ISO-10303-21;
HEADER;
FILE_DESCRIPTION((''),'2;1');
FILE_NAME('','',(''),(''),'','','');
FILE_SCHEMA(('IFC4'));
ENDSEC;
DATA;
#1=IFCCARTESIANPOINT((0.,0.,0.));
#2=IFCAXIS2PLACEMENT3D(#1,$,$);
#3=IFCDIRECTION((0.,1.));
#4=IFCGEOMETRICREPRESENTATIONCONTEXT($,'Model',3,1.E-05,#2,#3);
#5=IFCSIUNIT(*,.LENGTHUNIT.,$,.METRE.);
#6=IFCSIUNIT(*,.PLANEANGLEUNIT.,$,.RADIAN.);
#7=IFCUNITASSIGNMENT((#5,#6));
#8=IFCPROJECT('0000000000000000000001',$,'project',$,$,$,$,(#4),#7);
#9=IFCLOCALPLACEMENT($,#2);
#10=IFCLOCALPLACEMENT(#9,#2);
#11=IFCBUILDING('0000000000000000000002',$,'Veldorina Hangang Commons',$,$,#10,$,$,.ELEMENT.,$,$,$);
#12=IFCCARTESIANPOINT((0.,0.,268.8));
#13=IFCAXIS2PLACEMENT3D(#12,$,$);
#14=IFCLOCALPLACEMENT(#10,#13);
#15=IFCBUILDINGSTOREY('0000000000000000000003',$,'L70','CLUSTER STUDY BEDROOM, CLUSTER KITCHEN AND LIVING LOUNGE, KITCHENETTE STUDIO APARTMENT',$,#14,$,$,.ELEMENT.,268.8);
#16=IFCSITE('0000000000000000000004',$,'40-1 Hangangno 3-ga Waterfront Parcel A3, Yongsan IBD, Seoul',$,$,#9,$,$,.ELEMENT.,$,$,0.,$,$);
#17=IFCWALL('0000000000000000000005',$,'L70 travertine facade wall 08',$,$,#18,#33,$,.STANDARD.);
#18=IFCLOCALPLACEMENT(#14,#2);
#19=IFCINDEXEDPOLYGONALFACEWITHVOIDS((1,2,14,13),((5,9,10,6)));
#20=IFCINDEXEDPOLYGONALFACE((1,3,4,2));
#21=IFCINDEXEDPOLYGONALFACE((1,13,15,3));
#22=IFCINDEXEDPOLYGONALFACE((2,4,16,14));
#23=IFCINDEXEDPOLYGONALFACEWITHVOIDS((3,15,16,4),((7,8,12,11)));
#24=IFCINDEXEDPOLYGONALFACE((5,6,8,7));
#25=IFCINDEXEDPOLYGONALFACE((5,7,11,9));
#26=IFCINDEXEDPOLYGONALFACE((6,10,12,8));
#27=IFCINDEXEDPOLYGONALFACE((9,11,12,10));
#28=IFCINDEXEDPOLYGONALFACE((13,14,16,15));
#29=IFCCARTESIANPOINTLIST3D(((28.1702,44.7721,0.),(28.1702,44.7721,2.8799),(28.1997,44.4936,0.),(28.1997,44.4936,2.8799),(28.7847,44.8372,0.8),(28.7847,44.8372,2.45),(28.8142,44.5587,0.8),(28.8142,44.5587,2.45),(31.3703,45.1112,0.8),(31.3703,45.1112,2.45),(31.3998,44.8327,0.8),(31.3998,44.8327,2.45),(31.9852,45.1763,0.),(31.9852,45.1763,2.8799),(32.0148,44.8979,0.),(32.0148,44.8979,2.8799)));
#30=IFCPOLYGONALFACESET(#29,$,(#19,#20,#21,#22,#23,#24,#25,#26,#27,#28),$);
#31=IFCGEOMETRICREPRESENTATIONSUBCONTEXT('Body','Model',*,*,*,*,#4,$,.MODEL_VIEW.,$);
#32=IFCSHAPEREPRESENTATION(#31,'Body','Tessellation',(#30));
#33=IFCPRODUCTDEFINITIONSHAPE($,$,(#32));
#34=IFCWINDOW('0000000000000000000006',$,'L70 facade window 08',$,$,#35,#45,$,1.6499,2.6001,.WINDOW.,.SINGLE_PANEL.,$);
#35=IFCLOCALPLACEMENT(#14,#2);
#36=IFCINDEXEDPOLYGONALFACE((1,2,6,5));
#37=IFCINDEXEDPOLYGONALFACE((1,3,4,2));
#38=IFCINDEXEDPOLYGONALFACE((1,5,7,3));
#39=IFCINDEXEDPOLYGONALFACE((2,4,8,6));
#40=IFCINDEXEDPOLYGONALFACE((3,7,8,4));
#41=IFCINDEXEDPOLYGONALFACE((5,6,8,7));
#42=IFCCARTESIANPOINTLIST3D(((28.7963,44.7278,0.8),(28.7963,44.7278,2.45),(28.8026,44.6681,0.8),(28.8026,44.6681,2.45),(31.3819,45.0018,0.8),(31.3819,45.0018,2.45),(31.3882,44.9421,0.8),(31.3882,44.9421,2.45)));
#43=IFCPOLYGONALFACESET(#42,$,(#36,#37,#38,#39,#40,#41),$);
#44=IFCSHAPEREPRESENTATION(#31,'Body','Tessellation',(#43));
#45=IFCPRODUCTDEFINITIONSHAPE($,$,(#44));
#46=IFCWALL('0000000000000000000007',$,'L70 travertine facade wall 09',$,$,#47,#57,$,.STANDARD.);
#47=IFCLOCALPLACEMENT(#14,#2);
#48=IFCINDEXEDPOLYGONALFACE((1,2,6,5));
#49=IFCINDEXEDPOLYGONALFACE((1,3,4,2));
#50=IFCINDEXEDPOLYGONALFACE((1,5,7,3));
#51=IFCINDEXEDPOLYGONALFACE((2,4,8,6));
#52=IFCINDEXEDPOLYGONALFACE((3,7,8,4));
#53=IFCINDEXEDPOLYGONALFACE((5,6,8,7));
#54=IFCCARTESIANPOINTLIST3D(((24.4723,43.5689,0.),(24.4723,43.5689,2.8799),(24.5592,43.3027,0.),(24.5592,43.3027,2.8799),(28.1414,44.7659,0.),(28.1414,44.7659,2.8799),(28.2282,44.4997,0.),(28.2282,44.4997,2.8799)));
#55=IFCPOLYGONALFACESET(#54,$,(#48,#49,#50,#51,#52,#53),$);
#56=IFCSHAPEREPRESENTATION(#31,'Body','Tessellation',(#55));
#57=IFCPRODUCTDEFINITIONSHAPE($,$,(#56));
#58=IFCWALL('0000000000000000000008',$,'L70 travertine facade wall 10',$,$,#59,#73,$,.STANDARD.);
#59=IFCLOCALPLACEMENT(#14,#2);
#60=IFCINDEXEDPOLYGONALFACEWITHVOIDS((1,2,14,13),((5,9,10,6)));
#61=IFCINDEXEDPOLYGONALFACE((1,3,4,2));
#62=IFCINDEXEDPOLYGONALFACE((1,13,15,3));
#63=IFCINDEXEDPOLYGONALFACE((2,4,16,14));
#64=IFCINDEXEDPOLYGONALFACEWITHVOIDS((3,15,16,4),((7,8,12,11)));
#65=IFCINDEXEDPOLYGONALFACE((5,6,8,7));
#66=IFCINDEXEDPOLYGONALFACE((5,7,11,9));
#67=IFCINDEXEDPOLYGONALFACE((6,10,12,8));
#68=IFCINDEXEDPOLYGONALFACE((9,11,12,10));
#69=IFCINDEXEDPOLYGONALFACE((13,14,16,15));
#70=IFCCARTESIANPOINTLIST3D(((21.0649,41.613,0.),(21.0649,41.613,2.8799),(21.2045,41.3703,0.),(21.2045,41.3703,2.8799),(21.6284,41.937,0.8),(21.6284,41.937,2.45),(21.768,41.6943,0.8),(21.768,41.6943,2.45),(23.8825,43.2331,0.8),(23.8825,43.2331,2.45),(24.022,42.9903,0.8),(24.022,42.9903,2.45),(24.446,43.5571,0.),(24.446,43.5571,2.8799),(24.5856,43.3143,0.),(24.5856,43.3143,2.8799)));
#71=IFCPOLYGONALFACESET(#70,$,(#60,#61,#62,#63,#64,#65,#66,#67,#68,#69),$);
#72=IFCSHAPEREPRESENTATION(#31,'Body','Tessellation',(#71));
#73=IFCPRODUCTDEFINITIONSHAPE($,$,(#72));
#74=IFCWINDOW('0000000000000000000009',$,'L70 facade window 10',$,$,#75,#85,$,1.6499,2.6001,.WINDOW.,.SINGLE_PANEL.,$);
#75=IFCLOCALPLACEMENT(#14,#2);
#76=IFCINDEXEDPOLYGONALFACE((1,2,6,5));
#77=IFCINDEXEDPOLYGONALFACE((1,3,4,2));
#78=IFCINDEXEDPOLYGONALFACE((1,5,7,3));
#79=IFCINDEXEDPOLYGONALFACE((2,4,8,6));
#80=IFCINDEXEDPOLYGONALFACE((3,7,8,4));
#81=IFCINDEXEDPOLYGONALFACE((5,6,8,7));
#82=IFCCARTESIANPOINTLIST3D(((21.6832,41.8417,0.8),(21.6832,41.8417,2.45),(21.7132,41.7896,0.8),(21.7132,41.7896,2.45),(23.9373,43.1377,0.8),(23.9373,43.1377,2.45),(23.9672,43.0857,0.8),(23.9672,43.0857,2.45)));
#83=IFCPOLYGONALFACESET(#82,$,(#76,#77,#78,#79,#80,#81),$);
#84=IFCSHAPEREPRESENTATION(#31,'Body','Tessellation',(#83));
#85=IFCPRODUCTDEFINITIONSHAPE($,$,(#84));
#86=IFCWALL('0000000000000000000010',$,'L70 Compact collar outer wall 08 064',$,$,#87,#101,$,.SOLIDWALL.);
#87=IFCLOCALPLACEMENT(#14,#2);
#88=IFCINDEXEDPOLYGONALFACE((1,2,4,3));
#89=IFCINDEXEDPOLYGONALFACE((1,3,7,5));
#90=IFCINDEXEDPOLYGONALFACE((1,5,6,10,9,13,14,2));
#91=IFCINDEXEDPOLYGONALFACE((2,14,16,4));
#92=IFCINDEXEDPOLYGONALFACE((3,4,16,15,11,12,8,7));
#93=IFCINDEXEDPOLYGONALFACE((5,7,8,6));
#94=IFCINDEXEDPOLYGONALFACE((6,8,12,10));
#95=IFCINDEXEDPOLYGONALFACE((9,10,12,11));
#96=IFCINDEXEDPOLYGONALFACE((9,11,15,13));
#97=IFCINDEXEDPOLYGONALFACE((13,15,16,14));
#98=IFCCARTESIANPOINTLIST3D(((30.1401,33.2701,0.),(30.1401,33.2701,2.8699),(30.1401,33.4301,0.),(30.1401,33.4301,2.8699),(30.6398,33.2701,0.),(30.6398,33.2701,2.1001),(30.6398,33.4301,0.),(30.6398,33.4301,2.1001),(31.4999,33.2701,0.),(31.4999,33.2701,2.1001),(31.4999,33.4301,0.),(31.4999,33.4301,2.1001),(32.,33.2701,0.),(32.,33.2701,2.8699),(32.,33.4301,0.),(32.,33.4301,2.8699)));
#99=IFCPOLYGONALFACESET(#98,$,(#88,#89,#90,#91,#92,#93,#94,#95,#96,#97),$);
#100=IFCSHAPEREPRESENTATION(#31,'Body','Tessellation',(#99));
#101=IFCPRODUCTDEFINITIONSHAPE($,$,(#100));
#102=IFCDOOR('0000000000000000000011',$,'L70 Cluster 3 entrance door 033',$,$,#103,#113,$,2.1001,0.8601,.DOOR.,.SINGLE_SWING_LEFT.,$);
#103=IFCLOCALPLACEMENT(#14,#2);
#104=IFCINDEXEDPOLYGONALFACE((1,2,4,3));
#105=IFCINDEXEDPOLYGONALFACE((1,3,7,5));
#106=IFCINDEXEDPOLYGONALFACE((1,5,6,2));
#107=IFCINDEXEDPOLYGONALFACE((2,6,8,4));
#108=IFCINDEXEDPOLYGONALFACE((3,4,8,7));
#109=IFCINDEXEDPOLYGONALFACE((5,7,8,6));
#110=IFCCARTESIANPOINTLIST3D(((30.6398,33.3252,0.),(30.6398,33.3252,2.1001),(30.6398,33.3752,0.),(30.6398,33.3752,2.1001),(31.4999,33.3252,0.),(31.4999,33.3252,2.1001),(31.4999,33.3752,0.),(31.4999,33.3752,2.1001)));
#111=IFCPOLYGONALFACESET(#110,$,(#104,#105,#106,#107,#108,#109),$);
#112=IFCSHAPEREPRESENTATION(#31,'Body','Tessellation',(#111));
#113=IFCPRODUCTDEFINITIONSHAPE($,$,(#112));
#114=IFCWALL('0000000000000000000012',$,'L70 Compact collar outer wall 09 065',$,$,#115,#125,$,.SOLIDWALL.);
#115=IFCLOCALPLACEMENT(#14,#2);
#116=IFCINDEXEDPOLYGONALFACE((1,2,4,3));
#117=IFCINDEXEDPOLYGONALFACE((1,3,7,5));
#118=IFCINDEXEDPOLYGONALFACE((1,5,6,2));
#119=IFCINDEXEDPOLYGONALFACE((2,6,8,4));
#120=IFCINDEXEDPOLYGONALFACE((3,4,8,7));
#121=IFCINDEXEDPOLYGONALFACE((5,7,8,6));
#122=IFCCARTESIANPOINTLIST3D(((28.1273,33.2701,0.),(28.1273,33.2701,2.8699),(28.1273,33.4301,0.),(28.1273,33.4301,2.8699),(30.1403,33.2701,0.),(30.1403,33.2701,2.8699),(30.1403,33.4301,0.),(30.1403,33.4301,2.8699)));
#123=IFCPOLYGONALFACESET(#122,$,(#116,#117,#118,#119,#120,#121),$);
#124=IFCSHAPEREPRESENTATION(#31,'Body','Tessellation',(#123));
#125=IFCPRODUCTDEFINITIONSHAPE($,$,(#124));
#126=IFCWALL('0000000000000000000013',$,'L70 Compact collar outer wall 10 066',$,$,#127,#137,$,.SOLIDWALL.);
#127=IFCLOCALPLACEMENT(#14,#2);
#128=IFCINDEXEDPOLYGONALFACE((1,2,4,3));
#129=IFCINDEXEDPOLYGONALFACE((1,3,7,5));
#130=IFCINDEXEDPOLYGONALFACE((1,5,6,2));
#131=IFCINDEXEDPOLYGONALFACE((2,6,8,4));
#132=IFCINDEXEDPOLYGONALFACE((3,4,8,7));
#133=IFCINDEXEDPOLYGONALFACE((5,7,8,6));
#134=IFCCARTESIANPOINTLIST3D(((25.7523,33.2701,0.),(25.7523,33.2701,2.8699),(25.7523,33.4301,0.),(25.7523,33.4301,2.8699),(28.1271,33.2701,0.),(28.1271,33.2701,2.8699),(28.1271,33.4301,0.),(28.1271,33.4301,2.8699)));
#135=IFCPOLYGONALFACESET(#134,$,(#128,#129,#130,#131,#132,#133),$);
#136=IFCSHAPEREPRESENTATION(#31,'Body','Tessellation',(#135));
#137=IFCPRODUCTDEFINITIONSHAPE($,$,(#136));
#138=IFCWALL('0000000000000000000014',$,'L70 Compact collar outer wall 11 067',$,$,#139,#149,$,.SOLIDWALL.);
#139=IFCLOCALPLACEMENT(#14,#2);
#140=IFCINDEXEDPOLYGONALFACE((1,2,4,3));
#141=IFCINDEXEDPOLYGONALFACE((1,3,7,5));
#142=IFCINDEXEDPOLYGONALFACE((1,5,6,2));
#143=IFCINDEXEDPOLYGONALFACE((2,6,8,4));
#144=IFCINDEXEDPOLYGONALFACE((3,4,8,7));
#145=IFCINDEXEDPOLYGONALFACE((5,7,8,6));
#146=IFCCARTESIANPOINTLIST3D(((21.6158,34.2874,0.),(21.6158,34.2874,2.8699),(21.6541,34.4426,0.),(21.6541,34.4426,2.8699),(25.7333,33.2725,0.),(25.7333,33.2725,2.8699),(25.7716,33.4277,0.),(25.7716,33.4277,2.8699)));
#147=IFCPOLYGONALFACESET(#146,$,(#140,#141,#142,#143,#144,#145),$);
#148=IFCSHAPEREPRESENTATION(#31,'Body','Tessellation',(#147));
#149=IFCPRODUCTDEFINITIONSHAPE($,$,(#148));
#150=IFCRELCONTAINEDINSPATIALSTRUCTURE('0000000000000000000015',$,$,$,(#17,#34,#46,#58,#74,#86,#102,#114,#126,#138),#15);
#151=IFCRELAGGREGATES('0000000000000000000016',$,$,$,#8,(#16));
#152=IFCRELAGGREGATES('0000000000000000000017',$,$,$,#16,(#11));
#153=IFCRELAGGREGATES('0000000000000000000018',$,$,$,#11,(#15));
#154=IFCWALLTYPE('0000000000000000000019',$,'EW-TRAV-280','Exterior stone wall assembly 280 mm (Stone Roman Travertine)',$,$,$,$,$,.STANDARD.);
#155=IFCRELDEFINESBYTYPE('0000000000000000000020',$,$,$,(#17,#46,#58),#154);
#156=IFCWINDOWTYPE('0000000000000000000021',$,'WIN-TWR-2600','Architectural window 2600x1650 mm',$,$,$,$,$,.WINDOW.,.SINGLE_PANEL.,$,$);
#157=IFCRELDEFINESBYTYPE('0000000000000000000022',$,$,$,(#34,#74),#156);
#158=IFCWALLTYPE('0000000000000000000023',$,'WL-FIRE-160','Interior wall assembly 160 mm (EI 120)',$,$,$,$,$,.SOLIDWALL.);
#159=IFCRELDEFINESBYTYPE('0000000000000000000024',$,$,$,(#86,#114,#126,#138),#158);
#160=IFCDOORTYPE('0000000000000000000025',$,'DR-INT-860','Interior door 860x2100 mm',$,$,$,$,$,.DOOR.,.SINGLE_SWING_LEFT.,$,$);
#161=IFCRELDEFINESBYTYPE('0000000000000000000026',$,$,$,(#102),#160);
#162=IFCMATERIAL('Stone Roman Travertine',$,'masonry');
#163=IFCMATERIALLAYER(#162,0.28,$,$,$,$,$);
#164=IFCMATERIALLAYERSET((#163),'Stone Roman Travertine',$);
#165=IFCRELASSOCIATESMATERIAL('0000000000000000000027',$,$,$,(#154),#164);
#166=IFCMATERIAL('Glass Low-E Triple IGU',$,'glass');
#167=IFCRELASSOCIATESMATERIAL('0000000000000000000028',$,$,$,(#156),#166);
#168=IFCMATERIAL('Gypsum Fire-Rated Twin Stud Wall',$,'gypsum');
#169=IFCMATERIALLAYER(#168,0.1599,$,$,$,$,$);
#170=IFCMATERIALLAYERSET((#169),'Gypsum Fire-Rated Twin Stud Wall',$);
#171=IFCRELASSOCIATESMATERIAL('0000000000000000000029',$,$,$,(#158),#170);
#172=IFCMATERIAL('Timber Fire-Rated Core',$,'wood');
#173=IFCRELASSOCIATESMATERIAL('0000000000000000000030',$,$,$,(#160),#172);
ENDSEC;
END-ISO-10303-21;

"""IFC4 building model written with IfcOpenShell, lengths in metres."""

from ifc_helpers import new_model, si_unit, direction, frame, frame_2d, origin, place, context, subcontext, project, spatial, rectangle, extrude, material, layer, layer_set, type_object, element, fill, save


model = new_model("IFC4")

# Units and contexts
model_context = context("Model", 3, precision=1e-05, world=origin(), true_north=direction((0.0, 1.0)))
body_context = subcontext(model_context, "Body", "Model", "MODEL_VIEW")
ifc_project = project(units=[si_unit("LENGTHUNIT", "METRE"), si_unit("PLANEANGLEUNIT", "RADIAN")], contexts=[model_context])

# Site, building, storey
site_placement = place(None, origin())
site = spatial("IfcSite", under=ifc_project, at=site_placement, Name="40-1 Hangangno 3-ga Waterfront Parcel A3, Yongsan IBD, Seoul", CompositionType="ELEMENT", RefElevation=0.0)
building_placement = place(site_placement, origin())
building = spatial("IfcBuilding", under=site, at=building_placement, Name="Veldorina Hangang Commons", CompositionType="ELEMENT")
storey_placement = place(building_placement, frame((0.0, 0.0, 268.8)))
storey = spatial("IfcBuildingStorey", under=building, at=storey_placement, Name="L70", Description="CLUSTER STUDY BEDROOM, CLUSTER KITCHEN AND LIVING LOUNGE, KITCHENETTE STUDIO APARTMENT", CompositionType="ELEMENT", Elevation=268.8)

# Wall, opening, window
ifc_material_1 = material(Name="Stone Roman Travertine", Category="masonry")
ifc_layer_1 = layer(ifc_material_1, 0.28)
ifc_layer_set_1 = layer_set([ifc_layer_1], Name="Stone Roman Travertine")
wall_type_1 = type_object("IfcWallType", Name="EW-TRAV-280", Description="Exterior stone wall assembly 280 mm (Stone Roman Travertine)", PredefinedType="STANDARD", material=ifc_layer_set_1)
wall_1_placement = place(storey_placement, frame((32.0, 45.0371, 0.0), z_axis=(0.0, 0.0, 1.0), x_axis=(-0.994432, -0.10538, 0.0)))
wall_1 = element("IfcWall", 1, at=wall_1_placement, inside=storey, type_object=wall_type_1, Name="L70 travertine facade wall 08", PredefinedType="STANDARD", context=body_context, shape_type="SweptSolid", body=[
    extrude(rectangle(XDim=3.8364, YDim=0.28, at=frame_2d((1.9182, 0.0))), origin(), (0.0, 0.0, 1.0), 2.8799),
])
opening_1_placement = place(wall_1_placement, frame((0.6184, 0.0, 0.8)))
opening_1 = element("IfcOpeningElement", 2, at=opening_1_placement, cuts=wall_1, PredefinedType="OPENING", context=body_context, shape_type="SweptSolid", body=[
    extrude(rectangle(XDim=2.6001, YDim=1.6499, at=frame_2d((1.3, 0.825))), frame((0.0, 0.1499, 0.0), z_axis=(0.0, -1.0, 0.0), x_axis=(1.0, 0.0, 0.0)), (0.0, 0.0, 1.0), 0.3),
])
ifc_material_2 = material(Name="Glass Low-E Triple IGU", Category="glass")
window_type = type_object("IfcWindowType", Name="WIN-TWR-2600", Description="Architectural window 2600x1650 mm", PartitioningType="SINGLE_PANEL", PredefinedType="WINDOW", material=ifc_material_2)
window_1_placement = place(opening_1_placement, origin())
window_1 = element("IfcWindow", 3, at=window_1_placement, inside=storey, type_object=window_type, Name="L70 facade window 08", OverallHeight=1.6499, OverallWidth=2.6001, PartitioningType="SINGLE_PANEL", PredefinedType="WINDOW", context=body_context, shape_type="SweptSolid", body=[
    extrude(rectangle(XDim=2.6001, YDim=1.6499, at=frame_2d((1.3, 0.825))), frame((0.0, 0.03, 0.0), z_axis=(0.0, -1.0, 0.0), x_axis=(1.0, 0.0, 0.0)), (0.0, 0.0, 1.0), 0.0601),
])
fill(opening_1, window_1)

# Wall
wall_2_placement = place(storey_placement, frame((28.1848, 44.6328, 0.0), z_axis=(0.0, 0.0, 1.0), x_axis=(-0.950682, -0.310167, 0.0)))
element("IfcWall", 4, at=wall_2_placement, inside=storey, type_object=wall_type_1, Name="L70 travertine facade wall 09", PredefinedType="STANDARD", context=body_context, shape_type="SweptSolid", body=[
    extrude(rectangle(XDim=3.8594, YDim=0.28, at=frame_2d((1.9297, 0.0))), origin(), (0.0, 0.0, 1.0), 2.8799),
])

# Wall, opening, window
wall_3_placement = place(storey_placement, frame((24.5159, 43.4358, 0.0), z_axis=(0.0, 0.0, 1.0), x_axis=(-0.866911, -0.498463, 0.0)))
wall_3 = element("IfcWall", 5, at=wall_3_placement, inside=storey, type_object=wall_type_1, Name="L70 travertine facade wall 10", PredefinedType="STANDARD", context=body_context, shape_type="SweptSolid", body=[
    extrude(rectangle(XDim=3.9001, YDim=0.28, at=frame_2d((1.9502, 0.0))), origin(), (0.0, 0.0, 1.0), 2.8799),
])
opening_2_placement = place(wall_3_placement, frame((0.6501, 0.0, 0.8)))
opening_2 = element("IfcOpeningElement", 6, at=opening_2_placement, cuts=wall_3, PredefinedType="OPENING", context=body_context, shape_type="SweptSolid", body=[
    extrude(rectangle(XDim=2.6001, YDim=1.6499, at=frame_2d((1.3, 0.825))), frame((0.0, 0.1499, 0.0), z_axis=(0.0, -1.0, 0.0), x_axis=(1.0, 0.0, 0.0)), (0.0, 0.0, 1.0), 0.3),
])
window_2_placement = place(opening_2_placement, origin())
window_2 = element("IfcWindow", 7, at=window_2_placement, inside=storey, type_object=window_type, Name="L70 facade window 10", OverallHeight=1.6499, OverallWidth=2.6001, PartitioningType="SINGLE_PANEL", PredefinedType="WINDOW", context=body_context, shape_type="SweptSolid", body=[
    extrude(rectangle(XDim=2.6001, YDim=1.6499, at=frame_2d((1.3, 0.825))), frame((0.0, 0.03, 0.0), z_axis=(0.0, -1.0, 0.0), x_axis=(1.0, 0.0, 0.0)), (0.0, 0.0, 1.0), 0.0601),
])
fill(opening_2, window_2)

# Wall, opening, door
ifc_material_3 = material(Name="Gypsum Fire-Rated Twin Stud Wall", Category="gypsum")
ifc_layer_2 = layer(ifc_material_3, 0.1599)
ifc_layer_set_2 = layer_set([ifc_layer_2], Name="Gypsum Fire-Rated Twin Stud Wall")
wall_type_2 = type_object("IfcWallType", Name="WL-FIRE-160", Description="Interior wall assembly 160 mm (EI 120)", PredefinedType="SOLIDWALL", material=ifc_layer_set_2)
wall_4_placement = place(storey_placement, frame((32.0, 33.3501, 0.0), z_axis=(0.0, 0.0, 1.0), x_axis=(-1.0, 0.0, 0.0)))
wall_4 = element("IfcWall", 8, at=wall_4_placement, inside=storey, type_object=wall_type_2, Name="L70 Compact collar outer wall 08 064", PredefinedType="SOLIDWALL", context=body_context, shape_type="SweptSolid", body=[
    extrude(rectangle(XDim=1.8599, YDim=0.1599, at=frame_2d((0.9299, 0.0))), origin(), (0.0, 0.0, 1.0), 2.8699),
])
opening_3_placement = place(wall_4_placement, frame((0.5, 0.0, 0.0)))
opening_3 = element("IfcOpeningElement", 9, at=opening_3_placement, cuts=wall_4, PredefinedType="OPENING", context=body_context, shape_type="SweptSolid", body=[
    extrude(rectangle(XDim=0.8601, YDim=2.1001, at=frame_2d((0.4302, 1.05))), frame((0.0, 0.0898, 0.0), z_axis=(0.0, -1.0, 0.0), x_axis=(1.0, 0.0, 0.0)), (0.0, 0.0, 1.0), 0.1799),
])
ifc_material_4 = material(Name="Timber Fire-Rated Core", Category="wood")
door_type_1 = type_object("IfcDoorType", Name="DR-INT-860", Description="Interior door 860x2100 mm", OperationType="SINGLE_SWING_LEFT", PredefinedType="DOOR", material=ifc_material_4)
door_1_placement = place(opening_3_placement, origin())
door_1 = element("IfcDoor", 10, at=door_1_placement, inside=storey, type_object=door_type_1, Name="L70 Cluster 3 entrance door 033", OperationType="SINGLE_SWING_LEFT", OverallHeight=2.1001, OverallWidth=0.8601, PredefinedType="DOOR", context=body_context, shape_type="SweptSolid", body=[
    extrude(rectangle(XDim=0.8601, YDim=2.1001, at=frame_2d((0.4302, 1.05))), frame((0.0, 0.0249, 0.0), z_axis=(0.0, -1.0, 0.0), x_axis=(1.0, 0.0, 0.0)), (0.0, 0.0, 1.0), 0.05),
])
fill(opening_3, door_1)

# Walls
wall_5_placement = place(storey_placement, frame((30.1401, 33.3501, 0.0), z_axis=(0.0, 0.0, 1.0), x_axis=(-1.0, 0.0, 0.0)))
element("IfcWall", 11, at=wall_5_placement, inside=storey, type_object=wall_type_2, Name="L70 Compact collar outer wall 09 065", PredefinedType="SOLIDWALL", context=body_context, shape_type="SweptSolid", body=[
    extrude(rectangle(XDim=2.0129, YDim=0.1599, at=frame_2d((1.0063, 0.0))), origin(), (0.0, 0.0, 1.0), 2.8699),
])
wall_6_placement = place(storey_placement, frame((28.1272, 33.3501, 0.0), z_axis=(0.0, 0.0, 1.0), x_axis=(-1.0, 0.0, 0.0)))
element("IfcWall", 12, at=wall_6_placement, inside=storey, type_object=wall_type_2, Name="L70 Compact collar outer wall 10 066", PredefinedType="SOLIDWALL", context=body_context, shape_type="SweptSolid", body=[
    extrude(rectangle(XDim=2.3748, YDim=0.1599, at=frame_2d((1.1875, 0.0))), origin(), (0.0, 0.0, 1.0), 2.8699),
])
wall_7_placement = place(storey_placement, frame((25.7524, 33.3501, 0.0), z_axis=(0.0, 0.0, 1.0), x_axis=(-0.97094, 0.239324, 0.0)))
element("IfcWall", 13, at=wall_7_placement, inside=storey, type_object=wall_type_2, Name="L70 Compact collar outer wall 11 067", PredefinedType="SOLIDWALL", context=body_context, shape_type="SweptSolid", body=[
    extrude(rectangle(XDim=4.2407, YDim=0.1599, at=frame_2d((2.1204, 0.0))), origin(), (0.0, 0.0, 1.0), 2.8699),
])

save(model, "model.ifc")
